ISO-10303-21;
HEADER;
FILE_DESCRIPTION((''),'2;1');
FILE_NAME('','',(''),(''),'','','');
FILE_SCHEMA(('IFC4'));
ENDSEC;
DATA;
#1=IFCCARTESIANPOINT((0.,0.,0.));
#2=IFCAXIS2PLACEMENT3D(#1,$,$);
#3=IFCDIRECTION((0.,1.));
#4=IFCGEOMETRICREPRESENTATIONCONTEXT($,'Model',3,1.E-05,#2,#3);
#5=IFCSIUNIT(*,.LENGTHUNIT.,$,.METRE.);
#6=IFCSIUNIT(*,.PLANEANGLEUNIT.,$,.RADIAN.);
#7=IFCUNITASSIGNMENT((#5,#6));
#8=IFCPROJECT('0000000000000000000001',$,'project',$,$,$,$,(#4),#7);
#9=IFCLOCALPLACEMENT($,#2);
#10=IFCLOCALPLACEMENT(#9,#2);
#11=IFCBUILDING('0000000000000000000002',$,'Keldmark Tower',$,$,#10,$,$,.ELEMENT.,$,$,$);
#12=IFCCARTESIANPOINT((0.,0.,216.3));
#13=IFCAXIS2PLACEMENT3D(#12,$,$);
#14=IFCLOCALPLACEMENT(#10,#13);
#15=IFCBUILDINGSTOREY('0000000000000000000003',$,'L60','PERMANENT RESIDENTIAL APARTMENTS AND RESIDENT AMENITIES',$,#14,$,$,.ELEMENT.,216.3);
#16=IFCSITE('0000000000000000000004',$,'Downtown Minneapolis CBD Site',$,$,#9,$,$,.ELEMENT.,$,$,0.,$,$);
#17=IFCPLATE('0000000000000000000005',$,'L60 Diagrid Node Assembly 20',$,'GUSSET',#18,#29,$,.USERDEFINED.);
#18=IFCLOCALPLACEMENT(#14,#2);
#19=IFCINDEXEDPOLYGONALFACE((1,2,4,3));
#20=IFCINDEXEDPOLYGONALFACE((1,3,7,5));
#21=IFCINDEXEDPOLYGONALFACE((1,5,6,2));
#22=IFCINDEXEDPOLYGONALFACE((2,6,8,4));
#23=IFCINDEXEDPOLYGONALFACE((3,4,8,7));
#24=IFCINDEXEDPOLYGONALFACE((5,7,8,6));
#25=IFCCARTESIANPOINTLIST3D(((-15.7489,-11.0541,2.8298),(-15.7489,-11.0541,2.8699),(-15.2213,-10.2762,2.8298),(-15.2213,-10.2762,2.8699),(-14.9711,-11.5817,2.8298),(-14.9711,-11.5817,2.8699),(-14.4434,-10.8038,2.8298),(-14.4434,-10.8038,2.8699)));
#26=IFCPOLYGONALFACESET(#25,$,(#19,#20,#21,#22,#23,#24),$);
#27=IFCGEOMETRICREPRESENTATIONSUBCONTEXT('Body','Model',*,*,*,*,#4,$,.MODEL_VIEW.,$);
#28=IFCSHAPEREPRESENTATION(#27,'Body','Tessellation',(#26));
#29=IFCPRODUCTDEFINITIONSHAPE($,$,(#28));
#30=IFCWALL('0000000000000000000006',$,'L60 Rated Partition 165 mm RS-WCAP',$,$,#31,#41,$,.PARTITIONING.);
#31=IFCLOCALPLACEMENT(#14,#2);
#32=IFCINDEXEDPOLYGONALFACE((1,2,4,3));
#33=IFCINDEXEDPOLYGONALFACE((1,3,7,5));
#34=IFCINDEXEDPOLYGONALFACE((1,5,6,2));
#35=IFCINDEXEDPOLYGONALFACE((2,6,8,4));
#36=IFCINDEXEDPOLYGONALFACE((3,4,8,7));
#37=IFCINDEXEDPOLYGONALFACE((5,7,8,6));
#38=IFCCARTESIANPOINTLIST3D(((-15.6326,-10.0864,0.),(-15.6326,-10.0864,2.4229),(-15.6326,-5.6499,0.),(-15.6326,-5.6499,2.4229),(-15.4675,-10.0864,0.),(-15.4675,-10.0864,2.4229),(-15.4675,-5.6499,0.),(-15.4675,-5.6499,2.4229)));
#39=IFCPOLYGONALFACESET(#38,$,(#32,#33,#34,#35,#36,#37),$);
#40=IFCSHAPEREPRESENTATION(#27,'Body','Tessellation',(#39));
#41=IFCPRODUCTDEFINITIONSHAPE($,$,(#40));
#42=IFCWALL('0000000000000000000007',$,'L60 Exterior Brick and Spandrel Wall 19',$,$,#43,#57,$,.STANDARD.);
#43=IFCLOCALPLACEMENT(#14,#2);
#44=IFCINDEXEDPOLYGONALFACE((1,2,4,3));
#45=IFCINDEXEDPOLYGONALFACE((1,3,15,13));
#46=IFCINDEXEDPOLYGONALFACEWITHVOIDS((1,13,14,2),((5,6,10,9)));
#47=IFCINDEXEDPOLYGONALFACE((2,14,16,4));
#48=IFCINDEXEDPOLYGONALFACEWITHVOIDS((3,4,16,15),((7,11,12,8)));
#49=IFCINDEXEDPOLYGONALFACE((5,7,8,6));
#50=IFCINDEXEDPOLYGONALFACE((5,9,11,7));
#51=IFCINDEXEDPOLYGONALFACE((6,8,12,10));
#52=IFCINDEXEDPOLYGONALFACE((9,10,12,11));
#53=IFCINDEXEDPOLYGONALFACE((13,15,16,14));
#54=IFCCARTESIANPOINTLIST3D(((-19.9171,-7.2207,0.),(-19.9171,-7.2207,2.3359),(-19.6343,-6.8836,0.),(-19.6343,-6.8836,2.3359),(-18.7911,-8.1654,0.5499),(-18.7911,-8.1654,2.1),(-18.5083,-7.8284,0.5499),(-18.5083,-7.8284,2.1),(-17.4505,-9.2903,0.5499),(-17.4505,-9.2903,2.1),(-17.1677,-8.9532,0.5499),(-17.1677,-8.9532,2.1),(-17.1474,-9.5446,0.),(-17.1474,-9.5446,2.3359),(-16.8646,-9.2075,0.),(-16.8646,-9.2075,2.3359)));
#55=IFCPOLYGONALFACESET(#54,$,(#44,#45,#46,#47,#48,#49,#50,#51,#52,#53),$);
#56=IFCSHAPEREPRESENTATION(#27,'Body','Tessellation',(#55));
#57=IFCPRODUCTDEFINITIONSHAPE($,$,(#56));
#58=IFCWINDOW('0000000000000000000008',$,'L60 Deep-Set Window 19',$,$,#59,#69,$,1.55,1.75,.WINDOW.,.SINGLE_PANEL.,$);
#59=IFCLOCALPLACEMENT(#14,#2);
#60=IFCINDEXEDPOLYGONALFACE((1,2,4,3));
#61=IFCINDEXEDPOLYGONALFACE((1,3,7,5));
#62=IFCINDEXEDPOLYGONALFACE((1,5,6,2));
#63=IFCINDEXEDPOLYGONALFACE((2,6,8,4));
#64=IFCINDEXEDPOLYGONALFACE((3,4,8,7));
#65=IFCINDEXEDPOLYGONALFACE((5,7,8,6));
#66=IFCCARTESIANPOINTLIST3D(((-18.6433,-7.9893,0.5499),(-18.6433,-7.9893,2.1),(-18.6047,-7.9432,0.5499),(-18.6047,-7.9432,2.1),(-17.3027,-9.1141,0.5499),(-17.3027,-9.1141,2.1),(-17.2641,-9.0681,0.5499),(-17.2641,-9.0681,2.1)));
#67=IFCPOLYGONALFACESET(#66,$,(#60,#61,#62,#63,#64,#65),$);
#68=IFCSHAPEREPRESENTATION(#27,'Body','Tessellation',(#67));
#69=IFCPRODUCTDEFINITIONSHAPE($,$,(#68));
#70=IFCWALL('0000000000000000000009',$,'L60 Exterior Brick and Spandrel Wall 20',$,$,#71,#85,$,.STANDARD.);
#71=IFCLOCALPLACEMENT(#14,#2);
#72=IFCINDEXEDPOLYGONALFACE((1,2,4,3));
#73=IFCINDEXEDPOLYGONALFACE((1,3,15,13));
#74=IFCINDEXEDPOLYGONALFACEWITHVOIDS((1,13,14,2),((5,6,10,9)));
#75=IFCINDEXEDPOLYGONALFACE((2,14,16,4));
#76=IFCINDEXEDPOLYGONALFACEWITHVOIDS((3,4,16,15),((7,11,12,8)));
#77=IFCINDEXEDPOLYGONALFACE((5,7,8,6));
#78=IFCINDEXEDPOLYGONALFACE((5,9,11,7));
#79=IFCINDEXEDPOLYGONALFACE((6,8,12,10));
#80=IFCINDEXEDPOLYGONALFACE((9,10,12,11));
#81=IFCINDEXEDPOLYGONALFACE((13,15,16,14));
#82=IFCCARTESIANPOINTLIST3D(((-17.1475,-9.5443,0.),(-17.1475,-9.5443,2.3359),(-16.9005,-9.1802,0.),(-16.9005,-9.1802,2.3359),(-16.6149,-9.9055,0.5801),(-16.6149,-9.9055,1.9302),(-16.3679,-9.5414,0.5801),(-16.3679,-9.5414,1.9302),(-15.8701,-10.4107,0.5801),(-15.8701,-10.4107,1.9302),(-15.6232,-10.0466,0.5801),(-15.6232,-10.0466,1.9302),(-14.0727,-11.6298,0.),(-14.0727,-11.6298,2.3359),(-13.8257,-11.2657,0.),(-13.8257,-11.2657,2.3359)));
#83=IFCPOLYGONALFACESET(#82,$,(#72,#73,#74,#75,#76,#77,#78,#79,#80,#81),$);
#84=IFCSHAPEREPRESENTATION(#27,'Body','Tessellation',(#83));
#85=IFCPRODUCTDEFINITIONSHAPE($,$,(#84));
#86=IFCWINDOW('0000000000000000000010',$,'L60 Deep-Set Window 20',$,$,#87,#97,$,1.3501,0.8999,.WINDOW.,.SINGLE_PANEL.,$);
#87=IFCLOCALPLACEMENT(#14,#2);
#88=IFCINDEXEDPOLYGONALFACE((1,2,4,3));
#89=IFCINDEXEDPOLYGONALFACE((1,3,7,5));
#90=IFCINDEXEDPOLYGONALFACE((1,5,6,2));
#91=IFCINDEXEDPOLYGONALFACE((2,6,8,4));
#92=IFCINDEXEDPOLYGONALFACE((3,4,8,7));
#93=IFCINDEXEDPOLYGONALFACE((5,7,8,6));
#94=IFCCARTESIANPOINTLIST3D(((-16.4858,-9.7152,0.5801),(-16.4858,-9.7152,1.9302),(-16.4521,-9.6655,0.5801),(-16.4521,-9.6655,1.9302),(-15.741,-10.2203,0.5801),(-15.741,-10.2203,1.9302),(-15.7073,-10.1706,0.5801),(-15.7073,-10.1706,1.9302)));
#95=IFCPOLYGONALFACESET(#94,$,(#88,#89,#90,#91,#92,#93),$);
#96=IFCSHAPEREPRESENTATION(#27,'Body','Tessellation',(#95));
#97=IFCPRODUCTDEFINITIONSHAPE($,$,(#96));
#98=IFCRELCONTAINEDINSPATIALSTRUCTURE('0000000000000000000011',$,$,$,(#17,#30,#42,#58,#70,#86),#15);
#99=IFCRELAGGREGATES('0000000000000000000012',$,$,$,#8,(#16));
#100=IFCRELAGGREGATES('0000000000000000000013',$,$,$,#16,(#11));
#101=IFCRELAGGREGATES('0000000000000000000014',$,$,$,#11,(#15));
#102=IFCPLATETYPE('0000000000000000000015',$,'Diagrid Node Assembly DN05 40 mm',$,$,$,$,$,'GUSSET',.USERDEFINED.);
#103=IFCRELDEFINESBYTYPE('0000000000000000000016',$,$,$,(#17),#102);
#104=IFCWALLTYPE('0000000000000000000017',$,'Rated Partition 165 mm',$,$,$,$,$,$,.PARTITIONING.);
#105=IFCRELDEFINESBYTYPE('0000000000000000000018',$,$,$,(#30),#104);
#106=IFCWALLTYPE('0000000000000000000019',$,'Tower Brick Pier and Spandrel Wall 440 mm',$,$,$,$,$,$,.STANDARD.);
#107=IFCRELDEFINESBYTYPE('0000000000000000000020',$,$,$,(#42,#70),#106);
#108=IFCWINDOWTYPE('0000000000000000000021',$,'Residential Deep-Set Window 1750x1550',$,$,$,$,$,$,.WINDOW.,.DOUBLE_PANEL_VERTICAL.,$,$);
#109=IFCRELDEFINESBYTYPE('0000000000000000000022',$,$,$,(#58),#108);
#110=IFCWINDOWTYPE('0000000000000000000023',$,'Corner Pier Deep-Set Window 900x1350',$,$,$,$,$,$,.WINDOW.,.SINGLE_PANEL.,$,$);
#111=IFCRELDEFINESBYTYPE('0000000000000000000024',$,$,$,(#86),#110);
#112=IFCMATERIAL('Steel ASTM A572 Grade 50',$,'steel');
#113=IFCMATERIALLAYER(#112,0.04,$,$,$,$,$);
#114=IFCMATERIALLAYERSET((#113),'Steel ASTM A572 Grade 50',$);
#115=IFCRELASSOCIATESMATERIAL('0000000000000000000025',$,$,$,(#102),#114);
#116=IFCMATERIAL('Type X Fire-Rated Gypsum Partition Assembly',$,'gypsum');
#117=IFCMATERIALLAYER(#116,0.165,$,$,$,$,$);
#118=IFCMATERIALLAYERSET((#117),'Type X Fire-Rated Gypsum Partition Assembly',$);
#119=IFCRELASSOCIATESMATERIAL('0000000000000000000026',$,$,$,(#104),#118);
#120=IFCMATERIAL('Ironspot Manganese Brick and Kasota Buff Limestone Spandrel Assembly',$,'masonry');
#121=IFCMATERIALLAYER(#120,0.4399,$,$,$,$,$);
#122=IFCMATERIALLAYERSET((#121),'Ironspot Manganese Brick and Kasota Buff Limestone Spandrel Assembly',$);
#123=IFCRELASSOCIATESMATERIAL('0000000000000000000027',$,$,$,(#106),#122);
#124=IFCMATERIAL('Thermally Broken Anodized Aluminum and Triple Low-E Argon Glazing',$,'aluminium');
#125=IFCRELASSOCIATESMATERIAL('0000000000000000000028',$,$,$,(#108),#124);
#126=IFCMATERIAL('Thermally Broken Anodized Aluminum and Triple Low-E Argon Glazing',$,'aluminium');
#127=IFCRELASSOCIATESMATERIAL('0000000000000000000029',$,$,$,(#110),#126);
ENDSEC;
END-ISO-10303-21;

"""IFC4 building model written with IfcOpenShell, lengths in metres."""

from ifc_helpers import new_model, si_unit, direction, frame, frame_2d, origin, origin_2d, place, context, subcontext, project, spatial, rectangle, extrude, material, layer, layer_set, type_object, element, fill, save


model = new_model("IFC4")

# Units and contexts
model_context = context("Model", 3, precision=1e-05, world=origin(), true_north=direction((0.0, 1.0)))
body_context = subcontext(model_context, "Body", "Model", "MODEL_VIEW")
ifc_project = project(units=[si_unit("LENGTHUNIT", "METRE"), si_unit("PLANEANGLEUNIT", "RADIAN")], contexts=[model_context])

# Site, building, storey
site_placement = place(None, origin())
site = spatial("IfcSite", under=ifc_project, at=site_placement, Name="Downtown Minneapolis CBD Site", CompositionType="ELEMENT", RefElevation=0.0)
building_placement = place(site_placement, origin())
building = spatial("IfcBuilding", under=site, at=building_placement, Name="Keldmark Tower", CompositionType="ELEMENT")
storey_placement = place(building_placement, frame((0.0, 0.0, 216.3)))
storey = spatial("IfcBuildingStorey", under=building, at=storey_placement, Name="L60", Description="PERMANENT RESIDENTIAL APARTMENTS AND RESIDENT AMENITIES", CompositionType="ELEMENT", Elevation=216.3)

# Plate
ifc_material_1 = material(Name="Steel ASTM A572 Grade 50", Category="steel")
ifc_layer_1 = layer(ifc_material_1, 0.04)
ifc_layer_set_1 = layer_set([ifc_layer_1], Name="Steel ASTM A572 Grade 50")
plate_type = type_object("IfcPlateType", Name="Diagrid Node Assembly DN05 40 mm", ElementType="GUSSET", PredefinedType="USERDEFINED", material=ifc_layer_set_1)
plate_placement = place(storey_placement, frame((-15.0962, -10.929, 2.8298), z_axis=(0.0, 0.0, 1.0), x_axis=(0.827571, -0.561361, 0.0)))
element("IfcPlate", 1, at=plate_placement, inside=storey, type_object=plate_type, Name="L60 Diagrid Node Assembly 20", ObjectType="GUSSET", PredefinedType="USERDEFINED", context=body_context, shape_type="SweptSolid", body=[
    extrude(rectangle(XDim=0.9399, YDim=0.9399, at=origin_2d()), origin(), (0.0, 0.0, 1.0), 0.04),
])

# Shared definitions
ifc_material_2 = material(Name="Type X Fire-Rated Gypsum Partition Assembly", Category="gypsum")
ifc_layer_2 = layer(ifc_material_2, 0.165)
ifc_layer_set_2 = layer_set([ifc_layer_2], Name="Type X Fire-Rated Gypsum Partition Assembly")
wall_type_1 = type_object("IfcWallType", Name="Rated Partition 165 mm", PredefinedType="PARTITIONING", material=ifc_layer_set_2)

# Wall
wall_1_placement = place(storey_placement, frame((-15.55, -10.0864, 0.0), z_axis=(0.0, 0.0, 1.0), x_axis=(0.0, 1.0, 0.0)))
element("IfcWall", 2, at=wall_1_placement, inside=storey, type_object=wall_type_1, Name="L60 Rated Partition 165 mm RS-WCAP", PredefinedType="PARTITIONING", context=body_context, shape_type="SweptSolid", body=[
    extrude(rectangle(XDim=4.4365, YDim=0.165, at=frame_2d((2.2183, 0.0))), origin(), (0.0, 0.0, 1.0), 2.4229),
])

# Walls, openings, windows
ifc_material_3 = material(Name="Ironspot Manganese Brick and Kasota Buff Limestone Spandrel Assembly", Category="masonry")
ifc_layer_3 = layer(ifc_material_3, 0.4399)
ifc_layer_set_3 = layer_set([ifc_layer_3], Name="Ironspot Manganese Brick and Kasota Buff Limestone Spandrel Assembly")
wall_type_2 = type_object("IfcWallType", Name="Tower Brick Pier and Spandrel Wall 440 mm", PredefinedType="STANDARD", material=ifc_layer_set_3)
wall_2_placement = place(storey_placement, frame((-17.0061, -9.376, 0.0), z_axis=(0.0, 0.0, 1.0), x_axis=(-0.766064, 0.642764, 0.0)))
wall_2 = element("IfcWall", 3, at=wall_2_placement, inside=storey, type_object=wall_type_2, Name="L60 Exterior Brick and Spandrel Wall 19", PredefinedType="STANDARD", context=body_context, shape_type="SweptSolid", body=[
    extrude(rectangle(XDim=3.6155, YDim=0.4399, at=frame_2d((1.8076, 0.0))), origin(), (0.0, 0.0, 1.0), 2.3359),
])
opening_1_placement = place(wall_2_placement, frame((0.3955, 0.0, 0.55)))
opening_1 = element("IfcOpeningElement", 4, at=opening_1_placement, cuts=wall_2, PredefinedType="OPENING", context=body_context, shape_type="SweptSolid", body=[
    extrude(rectangle(XDim=1.75, YDim=1.55, at=frame_2d((0.875, 0.7749))), frame((0.0, 0.23, 0.0), z_axis=(0.0, -1.0, 0.0), x_axis=(1.0, 0.0, 0.0)), (0.0, 0.0, 1.0), 0.46),
])
ifc_material_4 = material(Name="Thermally Broken Anodized Aluminum and Triple Low-E Argon Glazing", Category="aluminium")
window_type_1 = type_object("IfcWindowType", Name="Residential Deep-Set Window 1750x1550", PartitioningType="DOUBLE_PANEL_VERTICAL", PredefinedType="WINDOW", material=ifc_material_4)
window_1_placement = place(opening_1_placement, origin())
window_1 = element("IfcWindow", 5, at=window_1_placement, inside=storey, type_object=window_type_1, Name="L60 Deep-Set Window 19", OverallHeight=1.55, OverallWidth=1.75, PartitioningType="SINGLE_PANEL", PredefinedType="WINDOW", context=body_context, shape_type="SweptSolid", body=[
    extrude(rectangle(XDim=1.75, YDim=1.55, at=frame_2d((0.875, 0.7749))), frame((0.0, -0.01, 0.0), z_axis=(0.0, -1.0, 0.0), x_axis=(1.0, 0.0, 0.0)), (0.0, 0.0, 1.0), 0.0601),
])
fill(opening_1, window_1)
wall_3_placement = place(storey_placement, frame((-13.9492, -11.4478, 0.0), z_axis=(0.0, 0.0, 1.0), x_axis=(-0.827596, 0.561325, 0.0)))
wall_3 = element("IfcWall", 6, at=wall_3_placement, inside=storey, type_object=wall_type_2, Name="L60 Exterior Brick and Spandrel Wall 20", PredefinedType="STANDARD", context=body_context, shape_type="SweptSolid", body=[
    extrude(rectangle(XDim=3.7153, YDim=0.4399, at=frame_2d((1.8577, 0.0))), origin(), (0.0, 0.0, 1.0), 2.3359),
])
opening_2_placement = place(wall_3_placement, frame((2.1719, 0.0, 0.5801)))
opening_2 = element("IfcOpeningElement", 7, at=opening_2_placement, cuts=wall_3, PredefinedType="OPENING", context=body_context, shape_type="SweptSolid", body=[
    extrude(rectangle(XDim=0.8999, YDim=1.3501, at=frame_2d((0.45, 0.675))), frame((0.0, 0.23, 0.0), z_axis=(0.0, -1.0, 0.0), x_axis=(1.0, 0.0, 0.0)), (0.0, 0.0, 1.0), 0.46),
])
ifc_material_5 = material(Name="Thermally Broken Anodized Aluminum and Triple Low-E Argon Glazing", Category="aluminium")
window_type_2 = type_object("IfcWindowType", Name="Corner Pier Deep-Set Window 900x1350", PartitioningType="SINGLE_PANEL", PredefinedType="WINDOW", material=ifc_material_5)
window_2_placement = place(opening_2_placement, origin())
window_2 = element("IfcWindow", 8, at=window_2_placement, inside=storey, type_object=window_type_2, Name="L60 Deep-Set Window 20", OverallHeight=1.3501, OverallWidth=0.8999, PartitioningType="SINGLE_PANEL", PredefinedType="WINDOW", context=body_context, shape_type="SweptSolid", body=[
    extrude(rectangle(XDim=0.8999, YDim=1.3501, at=frame_2d((0.45, 0.675))), frame((0.0, -0.01, 0.0), z_axis=(0.0, -1.0, 0.0), x_axis=(1.0, 0.0, 0.0)), (0.0, 0.0, 1.0), 0.0601),
])
fill(opening_2, window_2)

save(model, "model.ifc")
